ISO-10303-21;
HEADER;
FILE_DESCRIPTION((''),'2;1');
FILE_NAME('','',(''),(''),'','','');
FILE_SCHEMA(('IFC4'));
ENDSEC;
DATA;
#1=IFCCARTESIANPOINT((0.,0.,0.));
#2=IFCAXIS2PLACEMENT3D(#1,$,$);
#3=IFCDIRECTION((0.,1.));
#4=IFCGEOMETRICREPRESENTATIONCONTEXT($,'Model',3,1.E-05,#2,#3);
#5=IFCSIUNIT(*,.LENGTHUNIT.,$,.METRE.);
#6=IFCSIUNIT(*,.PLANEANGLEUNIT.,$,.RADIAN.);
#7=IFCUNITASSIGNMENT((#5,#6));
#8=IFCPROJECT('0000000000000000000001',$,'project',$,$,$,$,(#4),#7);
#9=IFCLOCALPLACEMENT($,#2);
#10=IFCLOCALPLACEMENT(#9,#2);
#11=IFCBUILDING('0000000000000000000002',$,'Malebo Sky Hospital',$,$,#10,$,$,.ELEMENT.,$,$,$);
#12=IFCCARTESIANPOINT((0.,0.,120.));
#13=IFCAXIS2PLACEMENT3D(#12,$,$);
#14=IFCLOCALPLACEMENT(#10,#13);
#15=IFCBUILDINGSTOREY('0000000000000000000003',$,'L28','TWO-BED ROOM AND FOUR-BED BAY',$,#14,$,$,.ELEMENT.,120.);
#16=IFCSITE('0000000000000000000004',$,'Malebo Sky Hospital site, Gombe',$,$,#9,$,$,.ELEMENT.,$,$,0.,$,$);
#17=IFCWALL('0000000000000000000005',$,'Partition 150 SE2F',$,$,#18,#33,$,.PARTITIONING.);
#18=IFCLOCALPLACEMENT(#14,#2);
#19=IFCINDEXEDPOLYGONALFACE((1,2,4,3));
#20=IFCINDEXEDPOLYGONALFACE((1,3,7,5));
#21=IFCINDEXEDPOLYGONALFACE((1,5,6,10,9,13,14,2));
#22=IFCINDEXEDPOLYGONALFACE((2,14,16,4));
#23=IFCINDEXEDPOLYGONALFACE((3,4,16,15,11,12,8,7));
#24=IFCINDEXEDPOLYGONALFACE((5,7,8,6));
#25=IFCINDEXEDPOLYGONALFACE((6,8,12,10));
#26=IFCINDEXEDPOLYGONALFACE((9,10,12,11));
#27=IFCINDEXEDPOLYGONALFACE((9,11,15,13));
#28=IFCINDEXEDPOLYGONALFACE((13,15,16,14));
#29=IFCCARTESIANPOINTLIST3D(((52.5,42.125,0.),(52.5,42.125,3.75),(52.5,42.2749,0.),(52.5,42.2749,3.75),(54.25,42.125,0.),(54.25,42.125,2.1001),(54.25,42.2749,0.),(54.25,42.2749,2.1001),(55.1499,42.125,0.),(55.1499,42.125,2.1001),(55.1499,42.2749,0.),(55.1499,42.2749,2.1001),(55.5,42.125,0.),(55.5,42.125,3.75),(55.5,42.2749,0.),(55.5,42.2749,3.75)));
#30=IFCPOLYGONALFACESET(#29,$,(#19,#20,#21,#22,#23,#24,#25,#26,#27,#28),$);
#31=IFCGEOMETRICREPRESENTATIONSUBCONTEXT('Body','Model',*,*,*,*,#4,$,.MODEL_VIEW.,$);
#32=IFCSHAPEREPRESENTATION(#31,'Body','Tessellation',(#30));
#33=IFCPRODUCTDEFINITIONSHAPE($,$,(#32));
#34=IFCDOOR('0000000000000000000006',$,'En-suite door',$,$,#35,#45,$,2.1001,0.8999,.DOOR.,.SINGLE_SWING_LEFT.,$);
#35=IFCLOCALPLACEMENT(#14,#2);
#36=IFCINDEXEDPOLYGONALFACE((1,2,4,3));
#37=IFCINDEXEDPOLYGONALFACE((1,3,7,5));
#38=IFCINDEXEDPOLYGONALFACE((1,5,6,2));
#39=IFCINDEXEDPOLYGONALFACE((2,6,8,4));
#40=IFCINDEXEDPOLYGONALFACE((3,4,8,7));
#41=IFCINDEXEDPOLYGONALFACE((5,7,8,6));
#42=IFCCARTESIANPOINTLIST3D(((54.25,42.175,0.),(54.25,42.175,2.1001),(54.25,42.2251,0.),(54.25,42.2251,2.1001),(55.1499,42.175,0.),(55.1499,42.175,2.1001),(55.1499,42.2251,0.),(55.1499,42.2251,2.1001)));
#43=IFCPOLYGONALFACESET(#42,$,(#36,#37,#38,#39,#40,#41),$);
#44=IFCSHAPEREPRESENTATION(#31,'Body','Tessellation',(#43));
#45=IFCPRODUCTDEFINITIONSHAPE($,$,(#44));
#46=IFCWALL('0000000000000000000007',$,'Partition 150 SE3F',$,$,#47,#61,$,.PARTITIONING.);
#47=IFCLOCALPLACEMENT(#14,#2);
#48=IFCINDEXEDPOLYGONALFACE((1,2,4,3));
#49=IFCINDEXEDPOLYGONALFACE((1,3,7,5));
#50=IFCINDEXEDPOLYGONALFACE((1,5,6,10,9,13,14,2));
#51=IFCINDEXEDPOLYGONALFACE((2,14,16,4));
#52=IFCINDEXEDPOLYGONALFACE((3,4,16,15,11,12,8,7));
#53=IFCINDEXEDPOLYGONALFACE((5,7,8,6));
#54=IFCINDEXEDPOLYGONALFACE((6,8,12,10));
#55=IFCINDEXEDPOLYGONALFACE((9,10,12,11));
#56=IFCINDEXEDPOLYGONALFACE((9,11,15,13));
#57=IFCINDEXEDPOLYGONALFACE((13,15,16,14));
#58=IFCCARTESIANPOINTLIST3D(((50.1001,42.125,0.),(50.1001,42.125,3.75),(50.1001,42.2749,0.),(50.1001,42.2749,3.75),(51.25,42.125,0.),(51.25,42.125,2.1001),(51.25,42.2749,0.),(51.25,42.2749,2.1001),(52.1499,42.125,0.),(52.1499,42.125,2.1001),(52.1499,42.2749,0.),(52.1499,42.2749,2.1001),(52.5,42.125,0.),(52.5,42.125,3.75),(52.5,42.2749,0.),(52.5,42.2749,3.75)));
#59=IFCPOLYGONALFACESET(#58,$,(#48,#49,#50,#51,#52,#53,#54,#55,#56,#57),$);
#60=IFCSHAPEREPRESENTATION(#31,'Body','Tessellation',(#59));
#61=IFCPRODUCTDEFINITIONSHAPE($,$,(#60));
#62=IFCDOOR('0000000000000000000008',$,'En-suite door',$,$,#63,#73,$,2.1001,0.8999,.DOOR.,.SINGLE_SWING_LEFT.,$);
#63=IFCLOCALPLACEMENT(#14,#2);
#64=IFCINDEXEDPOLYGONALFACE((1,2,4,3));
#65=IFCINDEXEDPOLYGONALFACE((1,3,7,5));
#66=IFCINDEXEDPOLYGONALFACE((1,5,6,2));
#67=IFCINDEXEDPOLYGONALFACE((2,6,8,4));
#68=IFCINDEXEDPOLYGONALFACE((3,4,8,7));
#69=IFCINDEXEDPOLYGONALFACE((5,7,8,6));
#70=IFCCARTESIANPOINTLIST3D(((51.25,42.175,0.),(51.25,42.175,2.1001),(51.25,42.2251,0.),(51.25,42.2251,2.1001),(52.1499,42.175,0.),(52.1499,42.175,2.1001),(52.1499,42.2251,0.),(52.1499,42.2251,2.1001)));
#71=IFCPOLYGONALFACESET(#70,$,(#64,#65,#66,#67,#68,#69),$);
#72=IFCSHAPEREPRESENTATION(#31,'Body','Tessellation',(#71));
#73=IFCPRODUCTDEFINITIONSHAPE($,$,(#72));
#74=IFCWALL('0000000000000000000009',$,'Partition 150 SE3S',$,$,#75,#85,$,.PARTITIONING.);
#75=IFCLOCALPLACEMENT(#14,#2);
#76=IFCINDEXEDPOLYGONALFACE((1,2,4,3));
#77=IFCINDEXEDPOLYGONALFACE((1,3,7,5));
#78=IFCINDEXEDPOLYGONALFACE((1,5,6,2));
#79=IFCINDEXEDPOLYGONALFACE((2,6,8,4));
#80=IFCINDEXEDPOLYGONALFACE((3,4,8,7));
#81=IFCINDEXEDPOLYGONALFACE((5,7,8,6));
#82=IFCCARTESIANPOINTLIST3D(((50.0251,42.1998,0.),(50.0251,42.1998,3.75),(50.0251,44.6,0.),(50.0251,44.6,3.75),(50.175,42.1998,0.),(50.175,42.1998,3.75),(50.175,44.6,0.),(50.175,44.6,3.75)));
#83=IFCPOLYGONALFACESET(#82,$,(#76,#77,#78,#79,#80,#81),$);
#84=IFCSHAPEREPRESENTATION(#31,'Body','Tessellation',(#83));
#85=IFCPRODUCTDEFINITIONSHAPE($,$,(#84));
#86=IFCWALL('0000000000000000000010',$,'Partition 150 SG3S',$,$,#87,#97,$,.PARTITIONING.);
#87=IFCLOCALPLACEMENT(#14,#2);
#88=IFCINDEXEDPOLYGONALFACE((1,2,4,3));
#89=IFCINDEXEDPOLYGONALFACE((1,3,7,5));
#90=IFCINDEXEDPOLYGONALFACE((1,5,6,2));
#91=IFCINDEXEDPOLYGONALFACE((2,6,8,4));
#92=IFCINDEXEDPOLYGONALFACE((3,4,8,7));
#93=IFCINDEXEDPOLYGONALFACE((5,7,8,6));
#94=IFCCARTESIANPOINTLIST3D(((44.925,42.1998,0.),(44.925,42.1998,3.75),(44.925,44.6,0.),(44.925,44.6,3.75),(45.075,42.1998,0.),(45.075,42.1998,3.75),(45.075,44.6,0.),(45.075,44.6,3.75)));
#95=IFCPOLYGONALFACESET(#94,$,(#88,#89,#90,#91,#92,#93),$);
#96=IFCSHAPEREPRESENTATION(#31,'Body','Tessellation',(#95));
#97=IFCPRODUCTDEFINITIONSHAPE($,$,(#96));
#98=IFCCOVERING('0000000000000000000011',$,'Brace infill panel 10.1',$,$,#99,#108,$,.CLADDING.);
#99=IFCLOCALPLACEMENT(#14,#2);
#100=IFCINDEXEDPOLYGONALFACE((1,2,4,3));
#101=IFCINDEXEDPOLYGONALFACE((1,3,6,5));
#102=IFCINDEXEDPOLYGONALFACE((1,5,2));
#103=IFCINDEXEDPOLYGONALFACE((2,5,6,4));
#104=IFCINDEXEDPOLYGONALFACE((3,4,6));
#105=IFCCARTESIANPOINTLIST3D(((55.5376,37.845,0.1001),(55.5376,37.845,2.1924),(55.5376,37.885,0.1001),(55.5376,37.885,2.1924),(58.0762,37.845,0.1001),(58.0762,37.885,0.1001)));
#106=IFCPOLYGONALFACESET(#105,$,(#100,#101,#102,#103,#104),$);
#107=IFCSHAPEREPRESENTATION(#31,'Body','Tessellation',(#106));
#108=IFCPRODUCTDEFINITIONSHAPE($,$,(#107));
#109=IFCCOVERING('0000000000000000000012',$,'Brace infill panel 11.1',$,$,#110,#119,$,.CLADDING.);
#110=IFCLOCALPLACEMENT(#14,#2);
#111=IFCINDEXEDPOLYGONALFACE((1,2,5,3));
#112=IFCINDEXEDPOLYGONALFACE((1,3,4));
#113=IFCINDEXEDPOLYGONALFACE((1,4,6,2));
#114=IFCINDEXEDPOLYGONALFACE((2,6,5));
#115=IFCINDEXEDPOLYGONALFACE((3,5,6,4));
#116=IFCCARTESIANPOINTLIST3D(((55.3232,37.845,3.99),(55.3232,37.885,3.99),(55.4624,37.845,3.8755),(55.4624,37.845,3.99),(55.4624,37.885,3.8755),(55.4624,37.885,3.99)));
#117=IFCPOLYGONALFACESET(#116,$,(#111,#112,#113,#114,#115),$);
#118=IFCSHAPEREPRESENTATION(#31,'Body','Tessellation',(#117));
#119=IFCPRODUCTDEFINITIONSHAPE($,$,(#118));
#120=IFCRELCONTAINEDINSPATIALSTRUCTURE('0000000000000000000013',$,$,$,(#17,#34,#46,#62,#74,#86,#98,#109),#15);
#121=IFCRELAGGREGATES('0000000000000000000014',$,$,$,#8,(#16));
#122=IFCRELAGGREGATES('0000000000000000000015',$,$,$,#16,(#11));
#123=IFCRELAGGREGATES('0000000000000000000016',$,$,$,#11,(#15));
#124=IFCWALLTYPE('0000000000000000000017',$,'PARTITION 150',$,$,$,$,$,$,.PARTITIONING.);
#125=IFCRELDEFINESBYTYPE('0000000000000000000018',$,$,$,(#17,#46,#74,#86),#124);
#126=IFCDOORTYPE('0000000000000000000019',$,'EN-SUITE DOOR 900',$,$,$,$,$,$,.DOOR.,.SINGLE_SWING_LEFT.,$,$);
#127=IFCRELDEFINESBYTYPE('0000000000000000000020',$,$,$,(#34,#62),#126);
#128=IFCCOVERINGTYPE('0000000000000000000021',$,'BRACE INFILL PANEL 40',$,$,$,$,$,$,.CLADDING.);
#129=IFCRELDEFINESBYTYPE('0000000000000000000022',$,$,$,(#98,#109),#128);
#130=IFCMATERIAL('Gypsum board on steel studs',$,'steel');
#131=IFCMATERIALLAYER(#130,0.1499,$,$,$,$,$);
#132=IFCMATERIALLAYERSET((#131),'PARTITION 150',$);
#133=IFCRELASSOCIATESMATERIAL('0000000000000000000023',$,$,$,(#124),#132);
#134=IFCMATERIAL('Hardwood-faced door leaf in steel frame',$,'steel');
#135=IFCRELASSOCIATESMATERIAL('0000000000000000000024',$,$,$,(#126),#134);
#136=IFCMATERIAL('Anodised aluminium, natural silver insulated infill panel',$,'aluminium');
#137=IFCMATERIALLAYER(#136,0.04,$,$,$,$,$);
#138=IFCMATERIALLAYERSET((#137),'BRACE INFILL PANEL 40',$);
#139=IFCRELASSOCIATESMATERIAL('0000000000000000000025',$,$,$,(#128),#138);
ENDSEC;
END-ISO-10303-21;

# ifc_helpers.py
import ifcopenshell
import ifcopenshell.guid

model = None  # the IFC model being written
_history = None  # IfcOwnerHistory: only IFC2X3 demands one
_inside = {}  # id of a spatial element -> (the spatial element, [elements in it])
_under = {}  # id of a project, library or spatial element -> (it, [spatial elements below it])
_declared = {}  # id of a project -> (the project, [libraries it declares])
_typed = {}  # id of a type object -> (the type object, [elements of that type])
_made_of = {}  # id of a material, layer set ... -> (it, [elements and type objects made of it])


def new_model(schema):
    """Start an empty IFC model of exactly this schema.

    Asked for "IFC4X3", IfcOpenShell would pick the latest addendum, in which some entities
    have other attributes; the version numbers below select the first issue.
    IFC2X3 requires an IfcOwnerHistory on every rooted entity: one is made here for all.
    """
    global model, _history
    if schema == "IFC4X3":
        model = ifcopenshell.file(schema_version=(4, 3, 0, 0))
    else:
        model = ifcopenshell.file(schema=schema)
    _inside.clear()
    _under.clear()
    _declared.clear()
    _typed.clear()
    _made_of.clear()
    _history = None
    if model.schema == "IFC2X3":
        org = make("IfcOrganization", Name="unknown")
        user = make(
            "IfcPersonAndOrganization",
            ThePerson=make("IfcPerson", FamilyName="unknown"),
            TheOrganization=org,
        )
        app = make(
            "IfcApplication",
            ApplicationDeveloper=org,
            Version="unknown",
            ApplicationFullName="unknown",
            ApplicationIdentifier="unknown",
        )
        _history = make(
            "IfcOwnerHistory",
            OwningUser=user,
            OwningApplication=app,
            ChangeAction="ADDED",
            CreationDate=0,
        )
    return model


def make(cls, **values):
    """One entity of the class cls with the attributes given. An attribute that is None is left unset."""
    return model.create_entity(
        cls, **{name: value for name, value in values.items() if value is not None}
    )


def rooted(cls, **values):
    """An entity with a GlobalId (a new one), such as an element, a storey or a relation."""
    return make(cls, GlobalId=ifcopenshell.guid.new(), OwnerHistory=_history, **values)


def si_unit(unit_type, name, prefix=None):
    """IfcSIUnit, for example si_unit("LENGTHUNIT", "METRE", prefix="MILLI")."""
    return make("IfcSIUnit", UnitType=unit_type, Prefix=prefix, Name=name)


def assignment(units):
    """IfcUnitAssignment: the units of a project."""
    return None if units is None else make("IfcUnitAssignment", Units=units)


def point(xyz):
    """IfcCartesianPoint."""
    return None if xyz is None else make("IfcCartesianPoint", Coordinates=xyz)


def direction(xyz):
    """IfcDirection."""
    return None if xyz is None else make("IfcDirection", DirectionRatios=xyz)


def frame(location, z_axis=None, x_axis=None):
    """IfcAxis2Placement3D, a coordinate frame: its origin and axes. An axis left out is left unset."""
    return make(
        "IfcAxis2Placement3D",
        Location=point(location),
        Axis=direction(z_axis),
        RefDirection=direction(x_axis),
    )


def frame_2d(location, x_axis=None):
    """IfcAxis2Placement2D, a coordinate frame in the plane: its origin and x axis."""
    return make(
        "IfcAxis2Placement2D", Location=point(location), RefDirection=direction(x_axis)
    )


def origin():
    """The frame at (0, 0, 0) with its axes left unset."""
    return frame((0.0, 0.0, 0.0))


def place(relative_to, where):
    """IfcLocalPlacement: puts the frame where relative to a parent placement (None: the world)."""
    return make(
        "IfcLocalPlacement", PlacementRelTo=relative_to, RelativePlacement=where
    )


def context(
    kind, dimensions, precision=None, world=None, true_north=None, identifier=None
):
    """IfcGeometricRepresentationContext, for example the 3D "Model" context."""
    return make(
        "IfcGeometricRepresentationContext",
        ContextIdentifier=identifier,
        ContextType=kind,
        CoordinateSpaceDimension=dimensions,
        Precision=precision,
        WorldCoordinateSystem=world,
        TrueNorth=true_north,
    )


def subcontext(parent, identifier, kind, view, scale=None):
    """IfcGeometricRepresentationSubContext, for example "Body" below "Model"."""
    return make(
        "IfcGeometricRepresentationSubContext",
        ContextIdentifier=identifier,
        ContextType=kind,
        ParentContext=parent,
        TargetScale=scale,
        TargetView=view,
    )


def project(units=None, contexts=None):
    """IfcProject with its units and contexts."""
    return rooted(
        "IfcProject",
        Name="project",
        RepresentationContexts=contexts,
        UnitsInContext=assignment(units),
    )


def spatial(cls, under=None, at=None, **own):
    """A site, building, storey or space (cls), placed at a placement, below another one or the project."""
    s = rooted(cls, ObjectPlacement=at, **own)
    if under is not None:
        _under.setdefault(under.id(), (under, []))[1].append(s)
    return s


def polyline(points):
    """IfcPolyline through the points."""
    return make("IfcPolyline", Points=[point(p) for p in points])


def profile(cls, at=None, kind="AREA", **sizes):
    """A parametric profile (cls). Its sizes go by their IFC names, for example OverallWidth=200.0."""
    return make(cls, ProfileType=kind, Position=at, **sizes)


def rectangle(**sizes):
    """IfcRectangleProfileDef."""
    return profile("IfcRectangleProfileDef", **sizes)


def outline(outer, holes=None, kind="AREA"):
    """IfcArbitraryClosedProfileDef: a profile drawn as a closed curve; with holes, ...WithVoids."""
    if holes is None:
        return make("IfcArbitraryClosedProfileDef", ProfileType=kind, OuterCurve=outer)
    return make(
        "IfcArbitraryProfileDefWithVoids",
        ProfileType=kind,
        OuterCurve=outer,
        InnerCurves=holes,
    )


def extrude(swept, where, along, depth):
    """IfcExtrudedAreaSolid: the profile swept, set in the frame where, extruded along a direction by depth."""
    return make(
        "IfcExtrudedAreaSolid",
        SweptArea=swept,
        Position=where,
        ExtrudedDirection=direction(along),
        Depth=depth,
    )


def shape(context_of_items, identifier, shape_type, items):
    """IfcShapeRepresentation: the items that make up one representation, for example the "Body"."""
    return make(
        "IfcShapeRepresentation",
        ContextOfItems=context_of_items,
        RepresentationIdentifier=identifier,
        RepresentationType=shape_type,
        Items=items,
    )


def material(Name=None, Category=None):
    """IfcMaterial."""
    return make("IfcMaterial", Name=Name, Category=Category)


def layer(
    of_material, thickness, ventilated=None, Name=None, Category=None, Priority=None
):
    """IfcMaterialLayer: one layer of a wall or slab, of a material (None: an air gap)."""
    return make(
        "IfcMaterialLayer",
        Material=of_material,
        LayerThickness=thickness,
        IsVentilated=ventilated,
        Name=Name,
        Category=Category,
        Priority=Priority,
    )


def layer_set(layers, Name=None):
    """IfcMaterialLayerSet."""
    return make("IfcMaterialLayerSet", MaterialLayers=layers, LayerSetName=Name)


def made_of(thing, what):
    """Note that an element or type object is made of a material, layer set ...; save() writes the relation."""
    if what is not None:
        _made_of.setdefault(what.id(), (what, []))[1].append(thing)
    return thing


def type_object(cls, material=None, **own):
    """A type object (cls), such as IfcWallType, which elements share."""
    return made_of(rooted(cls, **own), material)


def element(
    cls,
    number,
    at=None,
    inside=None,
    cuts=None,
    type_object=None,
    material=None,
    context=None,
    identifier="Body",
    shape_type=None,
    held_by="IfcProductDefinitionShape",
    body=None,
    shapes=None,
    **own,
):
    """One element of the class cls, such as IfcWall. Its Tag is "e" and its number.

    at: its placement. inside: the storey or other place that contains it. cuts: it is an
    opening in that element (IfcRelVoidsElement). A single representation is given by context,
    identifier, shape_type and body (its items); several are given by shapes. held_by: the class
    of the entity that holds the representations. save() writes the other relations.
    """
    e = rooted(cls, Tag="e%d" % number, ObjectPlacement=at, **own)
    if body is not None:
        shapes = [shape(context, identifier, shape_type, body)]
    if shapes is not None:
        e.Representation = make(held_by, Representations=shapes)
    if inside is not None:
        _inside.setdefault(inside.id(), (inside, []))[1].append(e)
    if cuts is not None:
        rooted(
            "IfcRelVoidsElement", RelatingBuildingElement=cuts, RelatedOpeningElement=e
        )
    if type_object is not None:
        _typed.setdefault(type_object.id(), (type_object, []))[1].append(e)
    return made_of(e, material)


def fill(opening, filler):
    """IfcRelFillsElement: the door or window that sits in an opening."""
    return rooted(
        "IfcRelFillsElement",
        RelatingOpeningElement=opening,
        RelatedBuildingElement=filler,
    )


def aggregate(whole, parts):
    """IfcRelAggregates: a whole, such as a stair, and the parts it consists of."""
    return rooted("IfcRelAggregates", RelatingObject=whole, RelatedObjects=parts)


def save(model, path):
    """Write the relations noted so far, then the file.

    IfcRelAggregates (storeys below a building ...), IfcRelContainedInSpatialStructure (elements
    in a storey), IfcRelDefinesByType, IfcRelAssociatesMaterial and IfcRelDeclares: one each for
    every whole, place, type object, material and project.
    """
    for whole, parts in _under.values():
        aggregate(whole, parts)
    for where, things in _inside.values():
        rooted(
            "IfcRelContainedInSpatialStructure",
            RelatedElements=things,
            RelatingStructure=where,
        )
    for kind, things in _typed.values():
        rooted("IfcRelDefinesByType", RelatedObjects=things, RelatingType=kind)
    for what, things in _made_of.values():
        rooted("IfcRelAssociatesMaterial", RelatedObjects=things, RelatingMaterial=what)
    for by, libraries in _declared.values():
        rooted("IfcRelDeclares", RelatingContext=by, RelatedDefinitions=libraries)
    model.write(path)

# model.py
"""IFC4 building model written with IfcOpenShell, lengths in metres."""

from ifc_helpers import new_model, si_unit, direction, frame, frame_2d, origin, place, context, subcontext, project, spatial, polyline, rectangle, outline, extrude, material, layer, layer_set, type_object, element, fill, save


model = new_model("IFC4")

# Units and contexts
model_context = context("Model", 3, precision=1e-05, world=origin(), true_north=direction((0.0, 1.0)))
body_context = subcontext(model_context, "Body", "Model", "MODEL_VIEW")
ifc_project = project(units=[si_unit("LENGTHUNIT", "METRE"), si_unit("PLANEANGLEUNIT", "RADIAN")], contexts=[model_context])

# Site, building, storey
site_placement = place(None, origin())
site = spatial("IfcSite", under=ifc_project, at=site_placement, Name="Malebo Sky Hospital site, Gombe", CompositionType="ELEMENT", RefElevation=0.0)
building_placement = place(site_placement, origin())
building = spatial("IfcBuilding", under=site, at=building_placement, Name="Malebo Sky Hospital", CompositionType="ELEMENT")
storey_placement = place(building_placement, frame((0.0, 0.0, 120.0)))
storey = spatial("IfcBuildingStorey", under=building, at=storey_placement, Name="L28", Description="TWO-BED ROOM AND FOUR-BED BAY", CompositionType="ELEMENT", Elevation=120.0)

# Shared definitions
ifc_material_1 = material(Name="Gypsum board on steel studs", Category="steel")
ifc_layer_1 = layer(ifc_material_1, 0.1499)
ifc_layer_set_1 = layer_set([ifc_layer_1], Name="PARTITION 150")
wall_type = type_object("IfcWallType", Name="PARTITION 150", PredefinedType="PARTITIONING", material=ifc_layer_set_1)

# Walls, openings, doors
wall_1_placement = place(storey_placement, frame((55.5, 42.2, 0.0), z_axis=(0.0, 0.0, 1.0), x_axis=(-1.0, 0.0, 0.0)))
wall_1 = element("IfcWall", 1, at=wall_1_placement, inside=storey, type_object=wall_type, Name="Partition 150 SE2F", PredefinedType="PARTITIONING", context=body_context, shape_type="SweptSolid", body=[
    extrude(rectangle(XDim=3.0, YDim=0.1499, at=frame_2d((1.5, 0.0))), origin(), (0.0, 0.0, 1.0), 3.75),
])
opening_1_placement = place(wall_1_placement, frame((0.3501, 0.0, 0.0)))
opening_1 = element("IfcOpeningElement", 2, at=opening_1_placement, cuts=wall_1, PredefinedType="OPENING", context=body_context, shape_type="SweptSolid", body=[
    extrude(rectangle(XDim=0.8999, YDim=2.1001, at=frame_2d((0.45, 1.05))), frame((0.0, 0.085, 0.0), z_axis=(0.0, -1.0, 0.0), x_axis=(1.0, 0.0, 0.0)), (0.0, 0.0, 1.0), 0.1699),
])
ifc_material_2 = material(Name="Hardwood-faced door leaf in steel frame", Category="steel")
door_type = type_object("IfcDoorType", Name="EN-SUITE DOOR 900", OperationType="SINGLE_SWING_LEFT", PredefinedType="DOOR", material=ifc_material_2)
door_1_placement = place(opening_1_placement, origin())
door_1 = element("IfcDoor", 3, at=door_1_placement, inside=storey, type_object=door_type, Name="En-suite door", OperationType="SINGLE_SWING_LEFT", OverallHeight=2.1001, OverallWidth=0.8999, PredefinedType="DOOR", context=body_context, shape_type="SweptSolid", body=[
    extrude(rectangle(XDim=0.8999, YDim=2.1001, at=frame_2d((0.45, 1.05))), frame((0.0, 0.0249, 0.0), z_axis=(0.0, -1.0, 0.0), x_axis=(1.0, 0.0, 0.0)), (0.0, 0.0, 1.0), 0.05),
])
fill(opening_1, door_1)
wall_2_placement = place(storey_placement, frame((52.5, 42.2, 0.0), z_axis=(0.0, 0.0, 1.0), x_axis=(-1.0, 0.0, 0.0)))
wall_2 = element("IfcWall", 4, at=wall_2_placement, inside=storey, type_object=wall_type, Name="Partition 150 SE3F", PredefinedType="PARTITIONING", context=body_context, shape_type="SweptSolid", body=[
    extrude(rectangle(XDim=2.3999, YDim=0.1499, at=frame_2d((1.2, 0.0))), origin(), (0.0, 0.0, 1.0), 3.75),
])
opening_2_placement = place(wall_2_placement, frame((0.3501, 0.0, 0.0)))
opening_2 = element("IfcOpeningElement", 5, at=opening_2_placement, cuts=wall_2, PredefinedType="OPENING", context=body_context, shape_type="SweptSolid", body=[
    extrude(rectangle(XDim=0.8999, YDim=2.1001, at=frame_2d((0.45, 1.05))), frame((0.0, 0.085, 0.0), z_axis=(0.0, -1.0, 0.0), x_axis=(1.0, 0.0, 0.0)), (0.0, 0.0, 1.0), 0.1699),
])
door_2_placement = place(opening_2_placement, origin())
door_2 = element("IfcDoor", 6, at=door_2_placement, inside=storey, type_object=door_type, Name="En-suite door", OperationType="SINGLE_SWING_LEFT", OverallHeight=2.1001, OverallWidth=0.8999, PredefinedType="DOOR", context=body_context, shape_type="SweptSolid", body=[
    extrude(rectangle(XDim=0.8999, YDim=2.1001, at=frame_2d((0.45, 1.05))), frame((0.0, 0.0249, 0.0), z_axis=(0.0, -1.0, 0.0), x_axis=(1.0, 0.0, 0.0)), (0.0, 0.0, 1.0), 0.05),
])
fill(opening_2, door_2)

# Walls
for number, where, z_axis, x_axis, name in (
    (7, (50.1001, 44.6001, 0.0), (0.0, 0.0, 1.0), (0.0, -1.0, 0.0), "Partition 150 SE3S"),
    (8, (45.0, 44.6001, 0.0), (0.0, 0.0, 1.0), (0.0, -1.0, 0.0), "Partition 150 SG3S"),
):
    element("IfcWall", number, at=place(storey_placement, frame(where, z_axis=z_axis, x_axis=x_axis)), inside=storey, type_object=wall_type, Name=name, PredefinedType="PARTITIONING", context=body_context, shape_type="SweptSolid", body=[
        extrude(rectangle(XDim=2.4001, YDim=0.1499, at=frame_2d((1.2002, 0.0))), origin(), (0.0, 0.0, 1.0), 3.75),
    ])

# Coverings
ifc_material_3 = material(Name="Anodised aluminium, natural silver insulated infill panel", Category="aluminium")
ifc_layer_2 = layer(ifc_material_3, 0.04)
ifc_layer_set_2 = layer_set([ifc_layer_2], Name="BRACE INFILL PANEL 40")
covering_type = type_object("IfcCoveringType", Name="BRACE INFILL PANEL 40", PredefinedType="CLADDING", material=ifc_layer_set_2)
covering_1_placement = place(storey_placement, frame((56.8069, 37.865, 0.1001), z_axis=(0.0, 0.0, 1.0), x_axis=(-1.0, 0.0, 0.0)))
element("IfcCovering", 9, at=covering_1_placement, inside=storey, type_object=covering_type, Name="Brace infill panel 10.1", PredefinedType="CLADDING", context=body_context, shape_type="SweptSolid", body=[
    extrude(outline(polyline([(-1.2693, 0.0), (1.2693, 0.0), (1.2693, 2.0923), (-1.2693, 0.0)])), frame((0.0, 0.02, 0.0), z_axis=(0.0, -1.0, 0.0), x_axis=(1.0, 0.0, 0.0)), (0.0, 0.0, 1.0), 0.04),
])
covering_2_placement = place(storey_placement, frame((55.3928, 37.865, 3.8755), z_axis=(0.0, 0.0, 1.0), x_axis=(-1.0, 0.0, 0.0)))
element("IfcCovering", 10, at=covering_2_placement, inside=storey, type_object=covering_type, Name="Brace infill panel 11.1", PredefinedType="CLADDING", context=body_context, shape_type="SweptSolid", body=[
    extrude(outline(polyline([(-0.0696, 0.0), (0.0696, 0.1145), (-0.0696, 0.1145), (-0.0696, 0.0)])), frame((0.0, 0.02, 0.0), z_axis=(0.0, -1.0, 0.0), x_axis=(1.0, 0.0, 0.0)), (0.0, 0.0, 1.0), 0.04),
])

save(model, "model.ifc")
